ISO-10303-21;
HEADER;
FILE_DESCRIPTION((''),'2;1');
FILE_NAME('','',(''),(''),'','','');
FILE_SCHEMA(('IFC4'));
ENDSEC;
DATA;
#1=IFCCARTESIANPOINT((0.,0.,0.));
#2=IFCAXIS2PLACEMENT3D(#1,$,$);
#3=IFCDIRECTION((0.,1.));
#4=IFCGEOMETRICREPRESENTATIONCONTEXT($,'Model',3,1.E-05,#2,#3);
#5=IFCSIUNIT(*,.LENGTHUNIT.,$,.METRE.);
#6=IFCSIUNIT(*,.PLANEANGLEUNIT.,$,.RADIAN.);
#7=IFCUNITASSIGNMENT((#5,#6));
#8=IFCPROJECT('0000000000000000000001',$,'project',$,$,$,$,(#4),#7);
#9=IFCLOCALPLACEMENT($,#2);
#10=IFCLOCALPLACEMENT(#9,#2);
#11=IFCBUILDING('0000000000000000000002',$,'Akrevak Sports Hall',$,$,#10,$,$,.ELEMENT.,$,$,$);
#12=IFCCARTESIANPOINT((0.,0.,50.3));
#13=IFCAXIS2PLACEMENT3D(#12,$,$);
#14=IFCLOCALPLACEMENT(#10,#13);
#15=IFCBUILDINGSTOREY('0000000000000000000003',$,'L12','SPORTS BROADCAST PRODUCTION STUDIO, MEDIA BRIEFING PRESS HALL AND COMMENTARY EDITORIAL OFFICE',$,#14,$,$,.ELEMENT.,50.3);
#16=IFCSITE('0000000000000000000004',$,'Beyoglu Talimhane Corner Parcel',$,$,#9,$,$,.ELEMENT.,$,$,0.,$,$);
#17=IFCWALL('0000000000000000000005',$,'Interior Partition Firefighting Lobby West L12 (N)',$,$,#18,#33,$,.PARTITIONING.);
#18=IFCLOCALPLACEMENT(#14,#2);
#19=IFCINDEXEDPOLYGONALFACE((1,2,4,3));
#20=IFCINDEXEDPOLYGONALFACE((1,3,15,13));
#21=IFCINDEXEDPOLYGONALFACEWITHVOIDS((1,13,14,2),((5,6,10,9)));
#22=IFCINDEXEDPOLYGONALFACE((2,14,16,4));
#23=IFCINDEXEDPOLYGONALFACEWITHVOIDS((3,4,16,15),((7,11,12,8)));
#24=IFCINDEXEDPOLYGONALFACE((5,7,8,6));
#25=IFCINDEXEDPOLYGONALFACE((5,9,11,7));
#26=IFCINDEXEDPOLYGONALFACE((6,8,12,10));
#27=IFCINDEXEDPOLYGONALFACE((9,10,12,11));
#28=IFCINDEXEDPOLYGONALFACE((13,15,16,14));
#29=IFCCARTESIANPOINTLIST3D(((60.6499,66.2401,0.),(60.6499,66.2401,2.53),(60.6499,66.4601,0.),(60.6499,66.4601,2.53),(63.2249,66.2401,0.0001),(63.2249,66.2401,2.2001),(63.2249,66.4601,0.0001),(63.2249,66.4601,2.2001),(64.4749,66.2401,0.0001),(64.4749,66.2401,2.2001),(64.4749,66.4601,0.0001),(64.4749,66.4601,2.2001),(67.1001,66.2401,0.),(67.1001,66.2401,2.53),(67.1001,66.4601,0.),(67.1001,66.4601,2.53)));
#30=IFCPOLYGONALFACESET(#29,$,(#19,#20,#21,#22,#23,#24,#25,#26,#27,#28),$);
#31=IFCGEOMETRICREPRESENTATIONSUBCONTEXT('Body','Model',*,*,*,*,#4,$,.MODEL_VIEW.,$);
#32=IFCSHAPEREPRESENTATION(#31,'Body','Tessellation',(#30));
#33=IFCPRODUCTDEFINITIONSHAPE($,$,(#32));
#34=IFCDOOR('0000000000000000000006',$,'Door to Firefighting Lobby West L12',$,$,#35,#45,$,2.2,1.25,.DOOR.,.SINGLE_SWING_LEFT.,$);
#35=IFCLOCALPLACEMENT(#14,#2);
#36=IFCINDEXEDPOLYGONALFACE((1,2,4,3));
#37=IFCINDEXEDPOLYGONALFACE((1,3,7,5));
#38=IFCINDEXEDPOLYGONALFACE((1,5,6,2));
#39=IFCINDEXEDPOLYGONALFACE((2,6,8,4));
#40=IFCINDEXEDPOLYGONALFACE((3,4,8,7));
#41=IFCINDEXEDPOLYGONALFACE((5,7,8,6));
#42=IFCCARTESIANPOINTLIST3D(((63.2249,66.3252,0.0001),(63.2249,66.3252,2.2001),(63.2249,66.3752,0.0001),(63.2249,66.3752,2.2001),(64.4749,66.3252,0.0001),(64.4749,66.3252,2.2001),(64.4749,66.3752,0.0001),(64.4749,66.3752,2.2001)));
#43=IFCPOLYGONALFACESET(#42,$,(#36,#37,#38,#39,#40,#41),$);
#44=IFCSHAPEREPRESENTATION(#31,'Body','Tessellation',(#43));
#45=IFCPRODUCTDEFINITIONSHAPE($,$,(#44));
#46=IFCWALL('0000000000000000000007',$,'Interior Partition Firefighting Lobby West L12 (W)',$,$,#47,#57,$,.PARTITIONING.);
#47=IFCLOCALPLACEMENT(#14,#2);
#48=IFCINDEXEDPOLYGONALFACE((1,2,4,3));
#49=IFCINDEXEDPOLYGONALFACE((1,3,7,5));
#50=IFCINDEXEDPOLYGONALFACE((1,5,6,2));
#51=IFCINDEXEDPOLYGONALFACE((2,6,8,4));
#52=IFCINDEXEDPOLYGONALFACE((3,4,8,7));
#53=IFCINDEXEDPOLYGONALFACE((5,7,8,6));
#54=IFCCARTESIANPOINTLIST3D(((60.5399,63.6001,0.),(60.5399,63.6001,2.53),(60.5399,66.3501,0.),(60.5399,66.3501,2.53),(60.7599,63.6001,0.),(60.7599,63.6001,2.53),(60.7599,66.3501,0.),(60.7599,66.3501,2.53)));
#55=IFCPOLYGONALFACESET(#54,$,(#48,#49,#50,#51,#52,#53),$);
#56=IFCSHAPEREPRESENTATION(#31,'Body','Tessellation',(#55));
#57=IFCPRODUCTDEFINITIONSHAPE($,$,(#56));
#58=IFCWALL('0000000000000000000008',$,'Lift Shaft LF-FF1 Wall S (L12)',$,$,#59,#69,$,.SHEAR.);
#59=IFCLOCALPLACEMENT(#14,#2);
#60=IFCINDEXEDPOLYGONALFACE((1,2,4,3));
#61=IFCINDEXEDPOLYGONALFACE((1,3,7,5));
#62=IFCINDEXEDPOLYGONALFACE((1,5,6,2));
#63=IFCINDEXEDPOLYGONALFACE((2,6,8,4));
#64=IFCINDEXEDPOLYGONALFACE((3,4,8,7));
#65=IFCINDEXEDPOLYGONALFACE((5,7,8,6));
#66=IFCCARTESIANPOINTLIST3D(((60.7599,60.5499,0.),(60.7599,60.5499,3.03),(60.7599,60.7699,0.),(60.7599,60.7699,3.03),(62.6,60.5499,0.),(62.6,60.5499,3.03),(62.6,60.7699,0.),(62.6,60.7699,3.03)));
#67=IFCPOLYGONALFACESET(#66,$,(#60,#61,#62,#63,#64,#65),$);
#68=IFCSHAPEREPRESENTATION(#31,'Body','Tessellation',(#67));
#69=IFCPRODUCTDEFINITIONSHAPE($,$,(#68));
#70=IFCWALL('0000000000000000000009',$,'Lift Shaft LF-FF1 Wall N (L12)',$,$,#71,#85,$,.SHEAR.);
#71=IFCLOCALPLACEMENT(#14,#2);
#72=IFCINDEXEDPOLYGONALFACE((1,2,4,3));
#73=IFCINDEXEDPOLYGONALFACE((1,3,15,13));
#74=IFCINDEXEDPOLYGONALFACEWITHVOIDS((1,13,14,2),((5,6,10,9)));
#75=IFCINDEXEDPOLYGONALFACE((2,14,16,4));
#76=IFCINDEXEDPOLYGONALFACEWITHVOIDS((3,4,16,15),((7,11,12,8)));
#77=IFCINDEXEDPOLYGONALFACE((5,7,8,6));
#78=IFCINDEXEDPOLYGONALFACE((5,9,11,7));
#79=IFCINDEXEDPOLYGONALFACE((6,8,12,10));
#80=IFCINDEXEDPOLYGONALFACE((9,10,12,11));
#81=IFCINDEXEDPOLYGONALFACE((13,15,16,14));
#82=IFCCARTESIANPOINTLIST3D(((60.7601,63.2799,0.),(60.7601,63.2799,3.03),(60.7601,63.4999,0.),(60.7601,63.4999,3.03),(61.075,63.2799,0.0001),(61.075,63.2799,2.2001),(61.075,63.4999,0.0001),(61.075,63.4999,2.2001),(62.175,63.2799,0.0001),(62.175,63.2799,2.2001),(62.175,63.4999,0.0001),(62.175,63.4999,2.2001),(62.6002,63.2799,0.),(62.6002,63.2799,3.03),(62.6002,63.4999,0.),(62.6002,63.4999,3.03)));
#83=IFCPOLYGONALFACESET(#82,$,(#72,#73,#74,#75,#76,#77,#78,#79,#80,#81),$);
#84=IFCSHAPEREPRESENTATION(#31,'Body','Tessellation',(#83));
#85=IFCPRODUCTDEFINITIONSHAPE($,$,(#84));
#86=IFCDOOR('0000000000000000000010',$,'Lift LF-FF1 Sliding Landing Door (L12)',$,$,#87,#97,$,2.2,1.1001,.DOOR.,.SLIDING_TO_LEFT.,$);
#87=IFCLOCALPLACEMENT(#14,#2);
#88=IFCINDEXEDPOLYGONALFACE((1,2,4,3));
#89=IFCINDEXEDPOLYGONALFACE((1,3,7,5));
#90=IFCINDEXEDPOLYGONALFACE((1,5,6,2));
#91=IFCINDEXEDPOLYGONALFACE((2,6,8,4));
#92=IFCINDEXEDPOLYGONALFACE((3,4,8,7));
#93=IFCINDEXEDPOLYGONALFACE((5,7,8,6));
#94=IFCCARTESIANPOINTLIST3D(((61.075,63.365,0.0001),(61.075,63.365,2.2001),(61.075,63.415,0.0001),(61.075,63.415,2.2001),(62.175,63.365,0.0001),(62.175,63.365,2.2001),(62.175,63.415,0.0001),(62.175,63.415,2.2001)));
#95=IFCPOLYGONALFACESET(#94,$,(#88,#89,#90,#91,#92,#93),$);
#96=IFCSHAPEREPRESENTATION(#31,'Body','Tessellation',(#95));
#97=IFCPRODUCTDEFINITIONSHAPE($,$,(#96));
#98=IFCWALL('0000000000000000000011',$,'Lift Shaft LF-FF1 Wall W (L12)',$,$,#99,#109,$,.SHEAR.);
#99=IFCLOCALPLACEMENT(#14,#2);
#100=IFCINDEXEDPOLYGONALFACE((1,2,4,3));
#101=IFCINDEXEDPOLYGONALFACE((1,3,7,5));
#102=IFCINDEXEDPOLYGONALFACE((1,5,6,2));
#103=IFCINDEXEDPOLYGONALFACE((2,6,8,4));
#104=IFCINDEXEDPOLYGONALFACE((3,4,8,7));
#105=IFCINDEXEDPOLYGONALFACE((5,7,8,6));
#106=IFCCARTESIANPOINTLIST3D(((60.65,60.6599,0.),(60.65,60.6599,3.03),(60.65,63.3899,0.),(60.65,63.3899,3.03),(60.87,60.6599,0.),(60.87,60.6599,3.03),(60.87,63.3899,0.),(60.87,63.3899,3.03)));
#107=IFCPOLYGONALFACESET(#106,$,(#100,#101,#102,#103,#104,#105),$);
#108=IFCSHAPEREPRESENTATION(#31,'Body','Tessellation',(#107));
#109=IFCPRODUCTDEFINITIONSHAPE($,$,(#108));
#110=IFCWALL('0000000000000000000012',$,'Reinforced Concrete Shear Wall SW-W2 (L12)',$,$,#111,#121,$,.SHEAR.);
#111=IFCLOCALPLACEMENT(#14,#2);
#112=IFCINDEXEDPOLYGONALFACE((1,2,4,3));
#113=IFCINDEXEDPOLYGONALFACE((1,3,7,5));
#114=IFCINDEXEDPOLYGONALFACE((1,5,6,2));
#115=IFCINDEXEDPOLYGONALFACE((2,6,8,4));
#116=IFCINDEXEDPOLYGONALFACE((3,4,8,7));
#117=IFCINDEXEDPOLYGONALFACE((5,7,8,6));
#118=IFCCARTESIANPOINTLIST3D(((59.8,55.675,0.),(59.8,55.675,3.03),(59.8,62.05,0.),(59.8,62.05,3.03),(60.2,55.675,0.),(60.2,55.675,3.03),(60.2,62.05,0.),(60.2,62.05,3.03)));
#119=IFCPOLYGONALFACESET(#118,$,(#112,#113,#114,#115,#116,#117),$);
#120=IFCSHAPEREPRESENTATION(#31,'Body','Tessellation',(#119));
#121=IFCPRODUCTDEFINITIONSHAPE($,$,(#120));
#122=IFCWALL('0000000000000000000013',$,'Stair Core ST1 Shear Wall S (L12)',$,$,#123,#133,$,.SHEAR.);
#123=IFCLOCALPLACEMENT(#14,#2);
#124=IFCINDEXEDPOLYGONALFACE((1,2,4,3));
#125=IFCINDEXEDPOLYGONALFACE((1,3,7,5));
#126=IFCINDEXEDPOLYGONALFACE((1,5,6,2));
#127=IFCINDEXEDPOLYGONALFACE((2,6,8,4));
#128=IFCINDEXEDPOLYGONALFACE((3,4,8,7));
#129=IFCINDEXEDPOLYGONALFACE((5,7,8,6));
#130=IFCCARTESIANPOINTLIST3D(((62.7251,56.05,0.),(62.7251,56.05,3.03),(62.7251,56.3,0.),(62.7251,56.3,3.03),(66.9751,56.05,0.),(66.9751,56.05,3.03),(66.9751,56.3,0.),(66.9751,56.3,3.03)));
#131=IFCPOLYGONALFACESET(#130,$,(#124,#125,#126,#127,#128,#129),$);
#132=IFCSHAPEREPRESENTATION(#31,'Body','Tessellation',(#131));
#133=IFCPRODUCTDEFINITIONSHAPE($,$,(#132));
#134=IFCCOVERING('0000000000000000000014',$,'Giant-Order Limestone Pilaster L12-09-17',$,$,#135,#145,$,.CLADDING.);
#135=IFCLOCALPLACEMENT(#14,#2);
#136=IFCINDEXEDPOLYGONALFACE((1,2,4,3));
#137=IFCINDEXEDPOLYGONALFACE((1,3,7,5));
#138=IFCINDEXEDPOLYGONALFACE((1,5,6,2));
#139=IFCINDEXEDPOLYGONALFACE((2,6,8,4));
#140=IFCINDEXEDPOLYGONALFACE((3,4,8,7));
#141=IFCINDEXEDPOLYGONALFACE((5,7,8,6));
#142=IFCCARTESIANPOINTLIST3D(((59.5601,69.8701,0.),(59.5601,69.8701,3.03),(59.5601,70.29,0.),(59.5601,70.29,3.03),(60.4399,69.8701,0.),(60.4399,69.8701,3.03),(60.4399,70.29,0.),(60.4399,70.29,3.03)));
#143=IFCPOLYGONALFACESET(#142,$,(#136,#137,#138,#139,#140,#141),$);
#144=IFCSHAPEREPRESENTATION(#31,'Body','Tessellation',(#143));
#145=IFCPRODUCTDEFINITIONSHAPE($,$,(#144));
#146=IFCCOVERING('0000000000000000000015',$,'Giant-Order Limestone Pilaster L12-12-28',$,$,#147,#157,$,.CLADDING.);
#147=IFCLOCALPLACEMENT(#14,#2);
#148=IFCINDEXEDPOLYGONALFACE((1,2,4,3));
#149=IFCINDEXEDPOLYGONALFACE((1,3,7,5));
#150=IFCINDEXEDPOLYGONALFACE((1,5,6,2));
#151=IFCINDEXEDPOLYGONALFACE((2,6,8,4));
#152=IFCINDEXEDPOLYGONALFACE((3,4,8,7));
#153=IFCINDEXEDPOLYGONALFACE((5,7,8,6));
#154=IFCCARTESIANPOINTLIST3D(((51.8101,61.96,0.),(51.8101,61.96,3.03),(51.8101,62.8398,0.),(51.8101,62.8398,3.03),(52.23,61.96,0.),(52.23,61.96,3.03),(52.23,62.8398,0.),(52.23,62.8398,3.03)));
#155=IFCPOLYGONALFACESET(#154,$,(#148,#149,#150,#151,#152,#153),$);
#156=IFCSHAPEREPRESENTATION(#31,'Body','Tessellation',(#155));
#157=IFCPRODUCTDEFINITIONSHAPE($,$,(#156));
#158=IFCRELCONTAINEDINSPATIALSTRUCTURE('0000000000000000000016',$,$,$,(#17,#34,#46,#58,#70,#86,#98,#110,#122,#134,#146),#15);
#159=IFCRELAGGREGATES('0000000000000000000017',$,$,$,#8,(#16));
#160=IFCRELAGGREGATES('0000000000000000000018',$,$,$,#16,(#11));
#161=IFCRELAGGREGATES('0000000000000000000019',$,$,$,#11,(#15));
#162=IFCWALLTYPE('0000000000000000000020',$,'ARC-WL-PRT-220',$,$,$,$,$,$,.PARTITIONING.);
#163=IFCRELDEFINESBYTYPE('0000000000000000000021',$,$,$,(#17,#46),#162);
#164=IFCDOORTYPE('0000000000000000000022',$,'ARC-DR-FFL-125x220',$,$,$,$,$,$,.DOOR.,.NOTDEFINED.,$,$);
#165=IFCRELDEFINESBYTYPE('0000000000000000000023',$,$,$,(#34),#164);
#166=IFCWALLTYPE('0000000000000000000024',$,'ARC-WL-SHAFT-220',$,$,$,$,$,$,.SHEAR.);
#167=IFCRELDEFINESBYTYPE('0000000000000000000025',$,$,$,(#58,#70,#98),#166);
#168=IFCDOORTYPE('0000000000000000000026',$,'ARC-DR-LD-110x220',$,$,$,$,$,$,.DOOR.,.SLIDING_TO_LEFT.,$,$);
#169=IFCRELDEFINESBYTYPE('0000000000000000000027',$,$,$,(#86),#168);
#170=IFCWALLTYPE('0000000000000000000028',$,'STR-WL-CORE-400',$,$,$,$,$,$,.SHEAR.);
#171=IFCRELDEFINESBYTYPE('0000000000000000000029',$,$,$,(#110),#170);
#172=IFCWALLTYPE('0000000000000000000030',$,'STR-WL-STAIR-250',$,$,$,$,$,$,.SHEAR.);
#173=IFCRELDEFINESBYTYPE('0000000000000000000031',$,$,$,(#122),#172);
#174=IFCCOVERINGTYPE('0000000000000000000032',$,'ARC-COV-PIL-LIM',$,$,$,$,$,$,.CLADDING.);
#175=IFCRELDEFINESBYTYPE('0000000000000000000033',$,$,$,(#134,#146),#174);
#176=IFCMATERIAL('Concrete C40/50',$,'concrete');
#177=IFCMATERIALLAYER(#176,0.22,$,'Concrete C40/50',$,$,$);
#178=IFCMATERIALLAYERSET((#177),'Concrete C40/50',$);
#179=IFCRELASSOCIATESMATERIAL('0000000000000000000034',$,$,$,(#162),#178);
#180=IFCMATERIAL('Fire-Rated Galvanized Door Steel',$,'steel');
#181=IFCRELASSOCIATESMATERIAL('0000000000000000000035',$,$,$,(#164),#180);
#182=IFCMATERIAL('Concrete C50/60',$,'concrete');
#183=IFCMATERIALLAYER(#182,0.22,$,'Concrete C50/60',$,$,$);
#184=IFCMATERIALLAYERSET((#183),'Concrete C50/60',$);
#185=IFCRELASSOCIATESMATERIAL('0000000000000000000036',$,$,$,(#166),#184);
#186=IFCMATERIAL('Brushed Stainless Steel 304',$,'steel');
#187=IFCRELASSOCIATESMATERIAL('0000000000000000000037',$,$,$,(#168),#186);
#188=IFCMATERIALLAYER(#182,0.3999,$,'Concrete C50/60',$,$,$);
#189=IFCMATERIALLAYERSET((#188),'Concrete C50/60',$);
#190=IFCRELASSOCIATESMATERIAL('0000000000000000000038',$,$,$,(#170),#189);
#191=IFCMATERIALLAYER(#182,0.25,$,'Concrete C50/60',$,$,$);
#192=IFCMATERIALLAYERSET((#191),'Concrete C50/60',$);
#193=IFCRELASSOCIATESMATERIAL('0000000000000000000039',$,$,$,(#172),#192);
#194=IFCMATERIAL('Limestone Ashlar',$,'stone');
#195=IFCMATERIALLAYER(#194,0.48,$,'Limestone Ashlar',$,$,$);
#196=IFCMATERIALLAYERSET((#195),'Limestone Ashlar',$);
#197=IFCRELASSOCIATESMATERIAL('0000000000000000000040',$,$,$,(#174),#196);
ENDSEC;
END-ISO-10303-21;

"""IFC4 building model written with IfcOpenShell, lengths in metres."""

from ifc_helpers import new_model, si_unit, direction, frame, frame_2d, origin, origin_2d, place, context, subcontext, project, spatial, rectangle, extrude, material, layer, layer_set, type_object, element, fill, save


model = new_model("IFC4")

# Units and contexts
model_context = context("Model", 3, precision=1e-05, world=origin(), true_north=direction((0.0, 1.0)))
body_context = subcontext(model_context, "Body", "Model", "MODEL_VIEW")
ifc_project = project(units=[si_unit("LENGTHUNIT", "METRE"), si_unit("PLANEANGLEUNIT", "RADIAN")], contexts=[model_context])

# Site, building, storey
site_placement = place(None, origin())
site = spatial("IfcSite", under=ifc_project, at=site_placement, Name="Beyoglu Talimhane Corner Parcel", CompositionType="ELEMENT", RefElevation=0.0)
building_placement = place(site_placement, origin())
building = spatial("IfcBuilding", under=site, at=building_placement, Name="Akrevak Sports Hall", CompositionType="ELEMENT")
storey_placement = place(building_placement, frame((0.0, 0.0, 50.3)))
storey = spatial("IfcBuildingStorey", under=building, at=storey_placement, Name="L12", Description="SPORTS BROADCAST PRODUCTION STUDIO, MEDIA BRIEFING PRESS HALL AND COMMENTARY EDITORIAL OFFICE", CompositionType="ELEMENT", Elevation=50.3)

# Shared definitions
ifc_material_1 = material(Name="Concrete C40/50", Category="concrete")

# Shared definitions
ifc_material_2 = material(Name="Limestone Ashlar", Category="stone")

# Wall, opening, door
ifc_layer_1 = layer(ifc_material_1, 0.22, Name="Concrete C40/50")
ifc_layer_set_1 = layer_set([ifc_layer_1], Name="Concrete C40/50")
wall_type_1 = type_object("IfcWallType", Name="ARC-WL-PRT-220", PredefinedType="PARTITIONING", material=ifc_layer_set_1)
wall_1_placement = place(storey_placement, frame((60.6499, 66.3501, 0.0), z_axis=(0.0, 0.0, 1.0), x_axis=(1.0, 0.0, 0.0)))
wall_1 = element("IfcWall", 1, at=wall_1_placement, inside=storey, type_object=wall_type_1, Name="Interior Partition Firefighting Lobby West L12 (N)", PredefinedType="PARTITIONING", context=body_context, shape_type="SweptSolid", body=[
    extrude(rectangle(XDim=6.4502, YDim=0.22, at=frame_2d((3.2251, 0.0))), origin(), (0.0, 0.0, 1.0), 2.53),
])
opening_1_placement = place(wall_1_placement, frame((2.575, 0.0, 0.0)))
opening_1 = element("IfcOpeningElement", 2, at=opening_1_placement, cuts=wall_1, PredefinedType="OPENING", context=body_context, shape_type="SweptSolid", body=[
    extrude(rectangle(XDim=1.25, YDim=2.2, at=frame_2d((0.625, 1.1001))), frame((0.0, 0.1221, 0.0), z_axis=(0.0, -1.0, 0.0), x_axis=(1.0, 0.0, 0.0)), (0.0, 0.0, 1.0), 0.2439),
])
ifc_material_3 = material(Name="Fire-Rated Galvanized Door Steel", Category="steel")
door_type_1 = type_object("IfcDoorType", Name="ARC-DR-FFL-125x220", OperationType="NOTDEFINED", PredefinedType="DOOR", material=ifc_material_3)
door_1_placement = place(opening_1_placement, frame((1.25, 0.0, 0.0), z_axis=(0.0, 0.0, 1.0), x_axis=(-1.0, 0.0, 0.0)))
door_1 = element("IfcDoor", 3, at=door_1_placement, inside=storey, type_object=door_type_1, Name="Door to Firefighting Lobby West L12", OperationType="SINGLE_SWING_LEFT", OverallHeight=2.2, OverallWidth=1.25, PredefinedType="DOOR", context=body_context, shape_type="SweptSolid", body=[
    extrude(rectangle(XDim=1.25, YDim=2.2, at=frame_2d((0.625, 1.1001))), frame((0.0, 0.0249, 0.0), z_axis=(0.0, -1.0, 0.0), x_axis=(1.0, 0.0, 0.0)), (0.0, 0.0, 1.0), 0.05),
])
fill(opening_1, door_1)

# Walls
wall_2_placement = place(storey_placement, frame((60.6499, 63.6001, 0.0), z_axis=(0.0, 0.0, 1.0), x_axis=(0.0, 1.0, 0.0)))
element("IfcWall", 4, at=wall_2_placement, inside=storey, type_object=wall_type_1, Name="Interior Partition Firefighting Lobby West L12 (W)", PredefinedType="PARTITIONING", context=body_context, shape_type="SweptSolid", body=[
    extrude(rectangle(XDim=2.75, YDim=0.22, at=frame_2d((1.375, 0.0))), origin(), (0.0, 0.0, 1.0), 2.53),
])
ifc_material_4 = material(Name="Concrete C50/60", Category="concrete")
ifc_layer_2 = layer(ifc_material_4, 0.22, Name="Concrete C50/60")
ifc_layer_set_2 = layer_set([ifc_layer_2], Name="Concrete C50/60")
wall_type_2 = type_object("IfcWallType", Name="ARC-WL-SHAFT-220", PredefinedType="SHEAR", material=ifc_layer_set_2)
wall_3_placement = place(storey_placement, frame((60.76, 60.6599, 0.0), z_axis=(0.0, 0.0, 1.0), x_axis=(1.0, 0.0, 0.0)))
element("IfcWall", 5, at=wall_3_placement, inside=storey, type_object=wall_type_2, Name="Lift Shaft LF-FF1 Wall S (L12)", PredefinedType="SHEAR", context=body_context, shape_type="SweptSolid", body=[
    extrude(rectangle(XDim=1.8401, YDim=0.22, at=frame_2d((0.9199, 0.0))), origin(), (0.0, 0.0, 1.0), 3.03),
])

# Wall, opening, door
wall_4_placement = place(storey_placement, frame((62.6001, 63.3899, 0.0), z_axis=(0.0, 0.0, 1.0), x_axis=(-1.0, 0.0, 0.0)))
wall_4 = element("IfcWall", 6, at=wall_4_placement, inside=storey, type_object=wall_type_2, Name="Lift Shaft LF-FF1 Wall N (L12)", PredefinedType="SHEAR", context=body_context, shape_type="SweptSolid", body=[
    extrude(rectangle(XDim=1.8401, YDim=0.22, at=frame_2d((0.9199, 0.0))), origin(), (0.0, 0.0, 1.0), 3.03),
])
opening_2_placement = place(wall_4_placement, frame((0.425, 0.0, 0.0)))
opening_2 = element("IfcOpeningElement", 7, at=opening_2_placement, cuts=wall_4, PredefinedType="OPENING", context=body_context, shape_type="SweptSolid", body=[
    extrude(rectangle(XDim=1.1001, YDim=2.2, at=frame_2d((0.55, 1.1001))), frame((0.0, 0.1221, 0.0), z_axis=(0.0, -1.0, 0.0), x_axis=(1.0, 0.0, 0.0)), (0.0, 0.0, 1.0), 0.2439),
])
ifc_material_5 = material(Name="Brushed Stainless Steel 304", Category="steel")
door_type_2 = type_object("IfcDoorType", Name="ARC-DR-LD-110x220", OperationType="SLIDING_TO_LEFT", PredefinedType="DOOR", material=ifc_material_5)
door_2_placement = place(opening_2_placement, origin())
door_2 = element("IfcDoor", 8, at=door_2_placement, inside=storey, type_object=door_type_2, Name="Lift LF-FF1 Sliding Landing Door (L12)", OperationType="SLIDING_TO_LEFT", OverallHeight=2.2, OverallWidth=1.1001, PredefinedType="DOOR", context=body_context, shape_type="SweptSolid", body=[
    extrude(rectangle(XDim=1.1001, YDim=2.2, at=frame_2d((0.55, 1.1001))), frame((0.0, 0.0249, 0.0), z_axis=(0.0, -1.0, 0.0), x_axis=(1.0, 0.0, 0.0)), (0.0, 0.0, 1.0), 0.05),
])
fill(opening_2, door_2)

# Walls
wall_5_placement = place(storey_placement, frame((60.76, 63.3899, 0.0), z_axis=(0.0, 0.0, 1.0), x_axis=(0.0, -1.0, 0.0)))
element("IfcWall", 9, at=wall_5_placement, inside=storey, type_object=wall_type_2, Name="Lift Shaft LF-FF1 Wall W (L12)", PredefinedType="SHEAR", context=body_context, shape_type="SweptSolid", body=[
    extrude(rectangle(XDim=2.73, YDim=0.22, at=frame_2d((1.365, 0.0))), origin(), (0.0, 0.0, 1.0), 3.03),
])
ifc_layer_3 = layer(ifc_material_4, 0.3999, Name="Concrete C50/60")
ifc_layer_set_3 = layer_set([ifc_layer_3], Name="Concrete C50/60")
wall_type_3 = type_object("IfcWallType", Name="STR-WL-CORE-400", PredefinedType="SHEAR", material=ifc_layer_set_3)
wall_6_placement = place(storey_placement, frame((60.0, 55.675, 0.0), z_axis=(0.0, 0.0, 1.0), x_axis=(0.0, 1.0, 0.0)))
element("IfcWall", 10, at=wall_6_placement, inside=storey, type_object=wall_type_3, Name="Reinforced Concrete Shear Wall SW-W2 (L12)", PredefinedType="SHEAR", context=body_context, shape_type="SweptSolid", body=[
    extrude(rectangle(XDim=6.375, YDim=0.3999, at=frame_2d((3.1875, 0.0))), origin(), (0.0, 0.0, 1.0), 3.03),
])
ifc_layer_4 = layer(ifc_material_4, 0.25, Name="Concrete C50/60")
ifc_layer_set_4 = layer_set([ifc_layer_4], Name="Concrete C50/60")
wall_type_4 = type_object("IfcWallType", Name="STR-WL-STAIR-250", PredefinedType="SHEAR", material=ifc_layer_set_4)
wall_7_placement = place(storey_placement, frame((62.7251, 56.175, 0.0), z_axis=(0.0, 0.0, 1.0), x_axis=(1.0, 0.0, 0.0)))
element("IfcWall", 11, at=wall_7_placement, inside=storey, type_object=wall_type_4, Name="Stair Core ST1 Shear Wall S (L12)", PredefinedType="SHEAR", context=body_context, shape_type="SweptSolid", body=[
    extrude(rectangle(XDim=4.25, YDim=0.25, at=frame_2d((2.125, 0.0))), origin(), (0.0, 0.0, 1.0), 3.03),
])

# Coverings
ifc_layer_5 = layer(ifc_material_2, 0.48, Name="Limestone Ashlar")
ifc_layer_set_5 = layer_set([ifc_layer_5], Name="Limestone Ashlar")
covering_type = type_object("IfcCoveringType", Name="ARC-COV-PIL-LIM", PredefinedType="CLADDING", material=ifc_layer_set_5)
for number, where, z_axis, x_axis, name in (
    (12, (60.0, 70.0801, 0.0), (0.0, 0.0, 1.0), (-1.0, 0.0, 0.0), "Giant-Order Limestone Pilaster L12-09-17"),
    (13, (52.02, 62.3999, 0.0), (0.0, 0.0, 1.0), (0.0, -1.0, 0.0), "Giant-Order Limestone Pilaster L12-12-28"),
):
    element("IfcCovering", number, at=place(storey_placement, frame(where, z_axis=z_axis, x_axis=x_axis)), inside=storey, type_object=covering_type, Name=name, PredefinedType="CLADDING", context=body_context, shape_type="SweptSolid", body=[
        extrude(rectangle(XDim=0.8799, YDim=0.4199, at=origin_2d()), origin(), (0.0, 0.0, 1.0), 3.03),
    ])

save(model, "model.ifc")
